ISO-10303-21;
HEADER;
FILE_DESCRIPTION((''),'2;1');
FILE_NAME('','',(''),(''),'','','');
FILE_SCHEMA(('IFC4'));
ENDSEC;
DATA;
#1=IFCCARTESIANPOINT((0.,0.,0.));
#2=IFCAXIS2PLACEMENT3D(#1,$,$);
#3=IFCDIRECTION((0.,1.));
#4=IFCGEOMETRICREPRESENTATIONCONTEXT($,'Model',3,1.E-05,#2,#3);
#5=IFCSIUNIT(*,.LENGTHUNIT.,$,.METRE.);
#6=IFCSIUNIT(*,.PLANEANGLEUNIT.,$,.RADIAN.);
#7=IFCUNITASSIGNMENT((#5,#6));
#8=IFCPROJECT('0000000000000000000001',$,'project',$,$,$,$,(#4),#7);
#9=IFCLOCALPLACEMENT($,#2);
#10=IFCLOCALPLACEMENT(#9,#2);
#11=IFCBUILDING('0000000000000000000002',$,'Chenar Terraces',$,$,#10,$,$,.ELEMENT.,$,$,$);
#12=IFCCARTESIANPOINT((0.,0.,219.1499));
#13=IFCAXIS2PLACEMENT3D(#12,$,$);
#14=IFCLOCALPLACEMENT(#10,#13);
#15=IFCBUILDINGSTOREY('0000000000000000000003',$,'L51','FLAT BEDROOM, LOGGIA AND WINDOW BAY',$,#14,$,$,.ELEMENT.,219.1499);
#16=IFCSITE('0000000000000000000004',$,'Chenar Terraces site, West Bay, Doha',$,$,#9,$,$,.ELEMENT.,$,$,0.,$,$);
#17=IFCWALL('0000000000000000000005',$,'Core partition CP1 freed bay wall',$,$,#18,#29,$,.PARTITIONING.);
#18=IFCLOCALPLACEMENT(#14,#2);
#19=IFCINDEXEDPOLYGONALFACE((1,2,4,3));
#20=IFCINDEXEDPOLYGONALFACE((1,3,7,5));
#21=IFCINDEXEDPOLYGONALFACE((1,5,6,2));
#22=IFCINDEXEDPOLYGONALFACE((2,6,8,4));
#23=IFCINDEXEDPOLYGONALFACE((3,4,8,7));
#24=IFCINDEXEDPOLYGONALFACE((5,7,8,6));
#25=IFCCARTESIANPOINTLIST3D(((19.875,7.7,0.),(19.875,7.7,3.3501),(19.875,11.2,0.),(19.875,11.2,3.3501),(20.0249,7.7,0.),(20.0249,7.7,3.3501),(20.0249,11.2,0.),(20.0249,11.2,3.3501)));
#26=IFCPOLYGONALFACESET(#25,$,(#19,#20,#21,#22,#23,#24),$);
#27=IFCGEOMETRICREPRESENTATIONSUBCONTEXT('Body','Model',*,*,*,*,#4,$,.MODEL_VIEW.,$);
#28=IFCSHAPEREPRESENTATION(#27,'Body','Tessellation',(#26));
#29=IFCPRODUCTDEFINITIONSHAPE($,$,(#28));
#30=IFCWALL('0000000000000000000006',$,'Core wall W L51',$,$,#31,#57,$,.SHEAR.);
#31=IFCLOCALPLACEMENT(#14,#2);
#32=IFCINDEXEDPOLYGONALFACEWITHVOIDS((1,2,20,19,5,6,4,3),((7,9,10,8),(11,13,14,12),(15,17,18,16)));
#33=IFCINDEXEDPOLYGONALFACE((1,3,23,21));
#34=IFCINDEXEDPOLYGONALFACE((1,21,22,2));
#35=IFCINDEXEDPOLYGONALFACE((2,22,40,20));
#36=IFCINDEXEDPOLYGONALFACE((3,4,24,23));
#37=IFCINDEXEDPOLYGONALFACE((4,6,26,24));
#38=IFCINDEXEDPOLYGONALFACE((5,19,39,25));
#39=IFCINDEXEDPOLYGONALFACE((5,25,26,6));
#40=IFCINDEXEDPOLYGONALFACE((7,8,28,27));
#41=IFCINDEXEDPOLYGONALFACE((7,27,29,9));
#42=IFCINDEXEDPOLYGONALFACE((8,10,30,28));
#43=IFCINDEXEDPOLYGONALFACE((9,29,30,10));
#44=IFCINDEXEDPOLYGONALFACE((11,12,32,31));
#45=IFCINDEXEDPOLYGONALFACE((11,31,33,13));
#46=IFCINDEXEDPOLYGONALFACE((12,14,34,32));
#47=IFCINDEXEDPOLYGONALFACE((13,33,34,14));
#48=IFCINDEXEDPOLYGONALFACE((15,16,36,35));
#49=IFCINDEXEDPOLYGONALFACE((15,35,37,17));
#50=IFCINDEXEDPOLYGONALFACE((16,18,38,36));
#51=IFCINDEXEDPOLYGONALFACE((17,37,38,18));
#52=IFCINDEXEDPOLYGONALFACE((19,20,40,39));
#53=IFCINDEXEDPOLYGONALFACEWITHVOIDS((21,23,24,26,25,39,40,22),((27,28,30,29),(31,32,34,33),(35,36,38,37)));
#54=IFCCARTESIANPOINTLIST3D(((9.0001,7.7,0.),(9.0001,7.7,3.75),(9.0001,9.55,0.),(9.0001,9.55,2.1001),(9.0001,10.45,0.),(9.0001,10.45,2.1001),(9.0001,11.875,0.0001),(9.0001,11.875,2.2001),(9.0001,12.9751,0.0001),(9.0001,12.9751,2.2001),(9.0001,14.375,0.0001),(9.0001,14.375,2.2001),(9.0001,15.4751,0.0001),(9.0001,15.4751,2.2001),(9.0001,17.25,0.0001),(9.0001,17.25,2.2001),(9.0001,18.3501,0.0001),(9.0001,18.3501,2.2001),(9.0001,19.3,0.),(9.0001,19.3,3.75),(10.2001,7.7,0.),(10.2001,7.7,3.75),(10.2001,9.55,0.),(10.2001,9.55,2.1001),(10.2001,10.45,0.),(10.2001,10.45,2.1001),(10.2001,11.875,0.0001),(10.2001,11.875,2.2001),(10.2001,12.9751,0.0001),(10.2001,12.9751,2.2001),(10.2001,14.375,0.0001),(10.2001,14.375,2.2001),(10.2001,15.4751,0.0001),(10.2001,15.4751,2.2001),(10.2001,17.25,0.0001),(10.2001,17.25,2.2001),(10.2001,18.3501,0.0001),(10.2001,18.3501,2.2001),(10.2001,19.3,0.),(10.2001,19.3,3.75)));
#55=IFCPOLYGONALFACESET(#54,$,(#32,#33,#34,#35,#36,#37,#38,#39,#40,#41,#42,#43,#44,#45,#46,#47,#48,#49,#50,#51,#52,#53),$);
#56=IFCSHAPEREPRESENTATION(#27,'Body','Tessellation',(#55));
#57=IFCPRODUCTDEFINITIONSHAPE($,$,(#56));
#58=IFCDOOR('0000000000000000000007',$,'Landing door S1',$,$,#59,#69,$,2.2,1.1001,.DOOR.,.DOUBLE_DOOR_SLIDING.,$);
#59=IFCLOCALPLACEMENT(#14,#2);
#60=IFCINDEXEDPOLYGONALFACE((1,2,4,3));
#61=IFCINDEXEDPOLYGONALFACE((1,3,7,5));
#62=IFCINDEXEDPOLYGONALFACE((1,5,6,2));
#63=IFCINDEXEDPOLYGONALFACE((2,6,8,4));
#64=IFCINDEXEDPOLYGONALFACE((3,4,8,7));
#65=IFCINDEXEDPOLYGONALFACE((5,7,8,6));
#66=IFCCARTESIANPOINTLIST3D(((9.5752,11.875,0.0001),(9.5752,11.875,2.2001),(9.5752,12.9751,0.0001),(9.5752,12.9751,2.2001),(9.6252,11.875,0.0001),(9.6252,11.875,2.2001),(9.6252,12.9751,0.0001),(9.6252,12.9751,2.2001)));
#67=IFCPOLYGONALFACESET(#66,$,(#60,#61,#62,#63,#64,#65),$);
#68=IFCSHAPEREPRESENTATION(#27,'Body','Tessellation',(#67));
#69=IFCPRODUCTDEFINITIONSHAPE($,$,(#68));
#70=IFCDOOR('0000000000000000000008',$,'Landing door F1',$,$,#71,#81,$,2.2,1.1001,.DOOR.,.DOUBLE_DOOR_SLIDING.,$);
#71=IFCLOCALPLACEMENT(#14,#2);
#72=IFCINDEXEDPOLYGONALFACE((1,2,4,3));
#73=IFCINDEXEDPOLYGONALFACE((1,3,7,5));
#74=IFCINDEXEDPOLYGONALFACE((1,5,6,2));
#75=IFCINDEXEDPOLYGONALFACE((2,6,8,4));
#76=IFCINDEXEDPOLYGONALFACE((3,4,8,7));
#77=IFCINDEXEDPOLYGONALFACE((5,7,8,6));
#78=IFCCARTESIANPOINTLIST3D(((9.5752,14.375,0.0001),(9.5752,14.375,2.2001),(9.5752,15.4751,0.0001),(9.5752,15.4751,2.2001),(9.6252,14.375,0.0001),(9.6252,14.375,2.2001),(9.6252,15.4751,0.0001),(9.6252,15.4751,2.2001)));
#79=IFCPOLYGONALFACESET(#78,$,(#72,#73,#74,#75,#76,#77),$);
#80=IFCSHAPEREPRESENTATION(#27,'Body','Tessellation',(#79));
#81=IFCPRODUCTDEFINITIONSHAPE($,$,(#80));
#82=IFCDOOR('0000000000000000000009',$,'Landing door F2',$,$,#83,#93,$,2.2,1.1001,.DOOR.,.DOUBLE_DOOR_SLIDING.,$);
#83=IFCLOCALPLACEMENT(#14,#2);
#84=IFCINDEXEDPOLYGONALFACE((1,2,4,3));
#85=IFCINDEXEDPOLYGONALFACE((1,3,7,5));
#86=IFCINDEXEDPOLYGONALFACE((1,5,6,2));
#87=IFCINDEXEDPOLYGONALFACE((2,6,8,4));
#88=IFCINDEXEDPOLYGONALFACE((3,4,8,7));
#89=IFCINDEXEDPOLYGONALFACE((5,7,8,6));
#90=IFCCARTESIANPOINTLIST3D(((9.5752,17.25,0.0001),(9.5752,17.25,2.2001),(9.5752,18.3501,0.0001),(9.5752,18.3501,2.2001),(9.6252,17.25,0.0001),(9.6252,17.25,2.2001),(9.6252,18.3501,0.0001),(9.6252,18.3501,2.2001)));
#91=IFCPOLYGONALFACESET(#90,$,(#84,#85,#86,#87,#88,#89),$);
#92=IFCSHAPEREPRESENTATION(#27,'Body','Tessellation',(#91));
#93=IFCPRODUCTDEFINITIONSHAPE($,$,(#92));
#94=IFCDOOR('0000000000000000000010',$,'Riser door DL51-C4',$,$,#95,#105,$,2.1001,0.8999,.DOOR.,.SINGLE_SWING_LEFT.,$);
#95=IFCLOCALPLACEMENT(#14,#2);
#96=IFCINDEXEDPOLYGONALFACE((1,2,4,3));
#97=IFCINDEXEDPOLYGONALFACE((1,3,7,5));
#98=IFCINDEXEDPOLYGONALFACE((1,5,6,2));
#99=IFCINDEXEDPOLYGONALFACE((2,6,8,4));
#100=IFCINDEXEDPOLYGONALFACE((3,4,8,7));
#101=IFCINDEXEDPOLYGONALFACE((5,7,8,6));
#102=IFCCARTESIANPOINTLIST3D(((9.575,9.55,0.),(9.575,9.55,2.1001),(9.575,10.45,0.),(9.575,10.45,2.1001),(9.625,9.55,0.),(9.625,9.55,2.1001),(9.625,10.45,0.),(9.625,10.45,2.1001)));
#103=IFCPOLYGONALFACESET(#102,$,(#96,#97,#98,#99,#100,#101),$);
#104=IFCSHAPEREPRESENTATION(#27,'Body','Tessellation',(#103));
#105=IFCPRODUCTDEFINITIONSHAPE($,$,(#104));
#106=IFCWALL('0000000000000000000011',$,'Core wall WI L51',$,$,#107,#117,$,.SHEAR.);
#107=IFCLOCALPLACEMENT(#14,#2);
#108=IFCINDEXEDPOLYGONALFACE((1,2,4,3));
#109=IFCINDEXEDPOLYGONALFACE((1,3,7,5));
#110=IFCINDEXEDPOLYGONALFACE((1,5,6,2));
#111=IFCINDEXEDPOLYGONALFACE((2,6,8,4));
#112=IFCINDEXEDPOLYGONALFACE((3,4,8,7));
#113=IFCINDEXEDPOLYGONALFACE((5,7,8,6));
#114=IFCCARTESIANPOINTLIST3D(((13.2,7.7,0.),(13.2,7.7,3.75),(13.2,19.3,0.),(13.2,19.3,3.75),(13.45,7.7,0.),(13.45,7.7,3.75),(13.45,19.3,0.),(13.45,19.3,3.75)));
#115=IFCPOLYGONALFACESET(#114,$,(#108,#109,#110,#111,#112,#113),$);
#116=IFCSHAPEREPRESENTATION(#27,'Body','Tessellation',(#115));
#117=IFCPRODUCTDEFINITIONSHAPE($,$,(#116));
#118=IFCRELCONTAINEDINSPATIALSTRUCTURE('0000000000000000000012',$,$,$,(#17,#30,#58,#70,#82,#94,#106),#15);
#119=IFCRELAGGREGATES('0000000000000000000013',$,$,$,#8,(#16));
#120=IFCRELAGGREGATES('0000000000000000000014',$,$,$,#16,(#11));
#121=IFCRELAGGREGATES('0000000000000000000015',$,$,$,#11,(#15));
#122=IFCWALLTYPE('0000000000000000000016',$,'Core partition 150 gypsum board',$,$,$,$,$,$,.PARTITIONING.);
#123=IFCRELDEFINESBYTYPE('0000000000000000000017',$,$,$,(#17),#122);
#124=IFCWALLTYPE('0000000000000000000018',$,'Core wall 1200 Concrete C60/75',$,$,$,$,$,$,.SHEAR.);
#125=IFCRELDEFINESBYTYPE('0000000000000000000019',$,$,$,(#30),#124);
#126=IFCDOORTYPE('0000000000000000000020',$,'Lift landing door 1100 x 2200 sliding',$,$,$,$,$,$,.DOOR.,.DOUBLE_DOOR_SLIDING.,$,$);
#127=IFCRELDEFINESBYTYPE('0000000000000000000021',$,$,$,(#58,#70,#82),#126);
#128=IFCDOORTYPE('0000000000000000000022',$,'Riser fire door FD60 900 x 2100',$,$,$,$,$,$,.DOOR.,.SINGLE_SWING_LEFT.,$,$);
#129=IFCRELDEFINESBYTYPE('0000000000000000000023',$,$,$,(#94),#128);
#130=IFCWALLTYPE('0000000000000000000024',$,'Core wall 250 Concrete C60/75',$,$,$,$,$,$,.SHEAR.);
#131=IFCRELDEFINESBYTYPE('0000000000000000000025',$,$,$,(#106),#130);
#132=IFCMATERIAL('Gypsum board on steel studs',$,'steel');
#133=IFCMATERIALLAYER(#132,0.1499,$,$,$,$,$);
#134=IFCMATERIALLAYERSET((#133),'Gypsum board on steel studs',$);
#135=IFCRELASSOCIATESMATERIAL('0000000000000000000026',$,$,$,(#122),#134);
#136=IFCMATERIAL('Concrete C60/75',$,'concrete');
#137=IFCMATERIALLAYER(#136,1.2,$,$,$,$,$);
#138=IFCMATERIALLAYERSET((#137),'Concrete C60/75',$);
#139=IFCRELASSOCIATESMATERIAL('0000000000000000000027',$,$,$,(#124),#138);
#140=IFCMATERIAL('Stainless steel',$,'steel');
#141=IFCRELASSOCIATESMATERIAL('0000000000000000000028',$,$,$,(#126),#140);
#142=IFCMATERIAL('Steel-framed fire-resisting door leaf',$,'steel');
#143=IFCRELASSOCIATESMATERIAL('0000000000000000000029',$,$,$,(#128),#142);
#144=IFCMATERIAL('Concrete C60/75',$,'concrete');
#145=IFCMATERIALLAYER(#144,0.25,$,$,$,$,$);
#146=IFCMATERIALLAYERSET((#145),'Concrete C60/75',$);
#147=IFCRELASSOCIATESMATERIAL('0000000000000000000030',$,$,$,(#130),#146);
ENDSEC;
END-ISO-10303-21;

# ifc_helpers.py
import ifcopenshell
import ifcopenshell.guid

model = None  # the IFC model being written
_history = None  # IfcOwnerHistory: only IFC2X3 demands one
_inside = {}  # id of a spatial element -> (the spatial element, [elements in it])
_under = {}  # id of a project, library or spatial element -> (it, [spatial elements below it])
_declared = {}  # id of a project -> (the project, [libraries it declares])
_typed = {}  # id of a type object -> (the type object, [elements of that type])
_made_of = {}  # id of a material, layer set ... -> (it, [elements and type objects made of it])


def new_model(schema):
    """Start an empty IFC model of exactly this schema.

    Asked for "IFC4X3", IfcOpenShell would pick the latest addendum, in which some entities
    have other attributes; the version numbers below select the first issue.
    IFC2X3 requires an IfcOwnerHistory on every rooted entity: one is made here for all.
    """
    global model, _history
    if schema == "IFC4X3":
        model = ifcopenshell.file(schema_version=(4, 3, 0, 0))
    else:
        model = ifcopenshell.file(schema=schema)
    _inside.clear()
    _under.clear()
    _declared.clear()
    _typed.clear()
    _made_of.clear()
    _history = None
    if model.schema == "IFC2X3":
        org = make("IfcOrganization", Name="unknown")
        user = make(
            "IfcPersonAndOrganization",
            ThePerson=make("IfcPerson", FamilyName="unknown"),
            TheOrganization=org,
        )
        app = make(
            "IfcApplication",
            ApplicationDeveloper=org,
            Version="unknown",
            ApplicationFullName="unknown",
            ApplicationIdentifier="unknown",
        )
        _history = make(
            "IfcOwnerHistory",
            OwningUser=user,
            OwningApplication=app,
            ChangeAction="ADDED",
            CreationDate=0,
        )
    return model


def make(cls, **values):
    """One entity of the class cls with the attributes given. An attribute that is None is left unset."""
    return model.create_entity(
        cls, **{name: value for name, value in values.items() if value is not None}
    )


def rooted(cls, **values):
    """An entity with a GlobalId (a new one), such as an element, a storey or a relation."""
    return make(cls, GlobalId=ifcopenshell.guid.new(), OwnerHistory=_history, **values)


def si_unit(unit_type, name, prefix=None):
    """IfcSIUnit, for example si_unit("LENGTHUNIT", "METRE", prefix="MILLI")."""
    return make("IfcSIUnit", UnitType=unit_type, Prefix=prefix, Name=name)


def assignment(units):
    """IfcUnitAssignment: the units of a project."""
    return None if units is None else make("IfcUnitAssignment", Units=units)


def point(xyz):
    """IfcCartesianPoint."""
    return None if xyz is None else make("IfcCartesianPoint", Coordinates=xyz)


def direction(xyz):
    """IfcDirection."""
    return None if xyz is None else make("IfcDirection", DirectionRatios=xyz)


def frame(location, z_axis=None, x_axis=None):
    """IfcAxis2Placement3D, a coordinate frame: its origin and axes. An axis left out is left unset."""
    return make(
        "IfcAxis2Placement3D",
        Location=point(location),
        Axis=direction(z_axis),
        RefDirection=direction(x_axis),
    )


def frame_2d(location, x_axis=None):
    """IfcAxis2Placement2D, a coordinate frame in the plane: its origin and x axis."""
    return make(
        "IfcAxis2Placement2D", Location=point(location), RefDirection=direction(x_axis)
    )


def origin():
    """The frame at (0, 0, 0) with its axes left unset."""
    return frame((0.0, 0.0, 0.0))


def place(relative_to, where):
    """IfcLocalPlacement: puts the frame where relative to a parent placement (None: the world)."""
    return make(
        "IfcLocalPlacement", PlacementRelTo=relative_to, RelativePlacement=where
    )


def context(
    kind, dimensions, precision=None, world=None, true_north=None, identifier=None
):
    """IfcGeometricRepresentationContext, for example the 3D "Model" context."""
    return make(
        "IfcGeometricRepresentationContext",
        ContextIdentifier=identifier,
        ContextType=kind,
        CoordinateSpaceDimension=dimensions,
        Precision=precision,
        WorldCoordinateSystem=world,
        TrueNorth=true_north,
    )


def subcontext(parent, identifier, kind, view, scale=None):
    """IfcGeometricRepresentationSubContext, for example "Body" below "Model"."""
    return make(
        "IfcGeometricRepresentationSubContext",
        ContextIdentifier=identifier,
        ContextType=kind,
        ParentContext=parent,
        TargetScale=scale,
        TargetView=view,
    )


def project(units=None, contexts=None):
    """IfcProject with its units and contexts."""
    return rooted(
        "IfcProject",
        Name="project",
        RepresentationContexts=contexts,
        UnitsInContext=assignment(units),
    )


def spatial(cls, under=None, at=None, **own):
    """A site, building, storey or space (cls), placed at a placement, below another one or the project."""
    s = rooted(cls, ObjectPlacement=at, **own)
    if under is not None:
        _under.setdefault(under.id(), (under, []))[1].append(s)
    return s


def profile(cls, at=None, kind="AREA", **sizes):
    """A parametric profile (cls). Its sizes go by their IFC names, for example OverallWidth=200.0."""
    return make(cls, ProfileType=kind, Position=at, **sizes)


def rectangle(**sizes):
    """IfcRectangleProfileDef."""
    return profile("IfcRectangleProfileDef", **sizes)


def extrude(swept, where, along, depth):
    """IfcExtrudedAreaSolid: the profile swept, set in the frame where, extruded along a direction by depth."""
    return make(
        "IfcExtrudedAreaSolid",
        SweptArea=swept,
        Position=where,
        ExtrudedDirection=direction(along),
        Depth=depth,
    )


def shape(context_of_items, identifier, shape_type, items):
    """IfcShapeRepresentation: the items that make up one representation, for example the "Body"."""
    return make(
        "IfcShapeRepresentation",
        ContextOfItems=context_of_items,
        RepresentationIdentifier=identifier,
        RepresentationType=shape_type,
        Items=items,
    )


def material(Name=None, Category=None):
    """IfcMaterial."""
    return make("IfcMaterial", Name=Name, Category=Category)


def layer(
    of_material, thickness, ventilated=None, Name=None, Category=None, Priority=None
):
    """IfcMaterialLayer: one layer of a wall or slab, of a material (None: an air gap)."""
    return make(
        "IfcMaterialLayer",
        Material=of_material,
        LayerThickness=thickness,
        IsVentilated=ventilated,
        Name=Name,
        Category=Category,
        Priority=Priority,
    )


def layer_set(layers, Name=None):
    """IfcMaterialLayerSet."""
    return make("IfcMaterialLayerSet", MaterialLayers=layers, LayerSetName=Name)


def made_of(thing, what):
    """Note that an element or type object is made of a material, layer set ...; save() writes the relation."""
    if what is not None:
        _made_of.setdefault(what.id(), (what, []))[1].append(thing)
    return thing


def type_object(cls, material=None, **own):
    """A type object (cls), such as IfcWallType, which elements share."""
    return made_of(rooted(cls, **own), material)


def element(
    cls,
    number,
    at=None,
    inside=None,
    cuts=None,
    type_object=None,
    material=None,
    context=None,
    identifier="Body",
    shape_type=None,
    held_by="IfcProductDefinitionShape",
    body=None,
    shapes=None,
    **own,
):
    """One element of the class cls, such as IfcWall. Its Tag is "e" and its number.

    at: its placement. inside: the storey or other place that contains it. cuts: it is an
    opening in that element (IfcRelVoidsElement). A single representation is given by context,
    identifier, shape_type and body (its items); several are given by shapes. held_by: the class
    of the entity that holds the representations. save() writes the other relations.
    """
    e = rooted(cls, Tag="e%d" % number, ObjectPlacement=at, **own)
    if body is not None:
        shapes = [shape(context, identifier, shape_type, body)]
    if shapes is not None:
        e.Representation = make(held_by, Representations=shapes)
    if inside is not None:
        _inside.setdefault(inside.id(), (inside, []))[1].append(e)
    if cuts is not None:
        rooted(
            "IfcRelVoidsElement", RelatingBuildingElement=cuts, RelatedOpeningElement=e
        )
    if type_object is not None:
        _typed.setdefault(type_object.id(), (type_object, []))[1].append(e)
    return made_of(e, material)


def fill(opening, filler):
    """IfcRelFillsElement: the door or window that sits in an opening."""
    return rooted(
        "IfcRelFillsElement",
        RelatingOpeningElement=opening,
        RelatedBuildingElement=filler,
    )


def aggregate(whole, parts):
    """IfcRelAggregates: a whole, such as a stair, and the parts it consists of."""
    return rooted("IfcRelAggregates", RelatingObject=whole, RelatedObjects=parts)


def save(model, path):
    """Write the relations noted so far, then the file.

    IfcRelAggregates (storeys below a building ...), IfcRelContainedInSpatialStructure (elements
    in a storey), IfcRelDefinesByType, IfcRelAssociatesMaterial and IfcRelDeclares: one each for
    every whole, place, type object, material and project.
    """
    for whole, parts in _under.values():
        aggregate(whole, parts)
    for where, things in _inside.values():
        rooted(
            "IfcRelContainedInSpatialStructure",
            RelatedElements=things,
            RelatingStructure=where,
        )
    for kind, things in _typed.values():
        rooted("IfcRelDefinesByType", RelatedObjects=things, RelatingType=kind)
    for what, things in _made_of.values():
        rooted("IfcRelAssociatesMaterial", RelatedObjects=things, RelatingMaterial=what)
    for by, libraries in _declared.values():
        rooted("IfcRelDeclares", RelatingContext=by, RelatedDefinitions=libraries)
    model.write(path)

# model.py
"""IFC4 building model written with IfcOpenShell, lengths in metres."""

from ifc_helpers import new_model, si_unit, direction, frame, frame_2d, origin, place, context, subcontext, project, spatial, rectangle, extrude, material, layer, layer_set, type_object, element, fill, save


model = new_model("IFC4")

# Units and contexts
model_context = context("Model", 3, precision=1e-05, world=origin(), true_north=direction((0.0, 1.0)))
body_context = subcontext(model_context, "Body", "Model", "MODEL_VIEW")
ifc_project = project(units=[si_unit("LENGTHUNIT", "METRE"), si_unit("PLANEANGLEUNIT", "RADIAN")], contexts=[model_context])

# Site, building, storey
site_placement = place(None, origin())
site = spatial("IfcSite", under=ifc_project, at=site_placement, Name="Chenar Terraces site, West Bay, Doha", CompositionType="ELEMENT", RefElevation=0.0)
building_placement = place(site_placement, origin())
building = spatial("IfcBuilding", under=site, at=building_placement, Name="Chenar Terraces", CompositionType="ELEMENT")
storey_placement = place(building_placement, frame((0.0, 0.0, 219.1499)))
storey = spatial("IfcBuildingStorey", under=building, at=storey_placement, Name="L51", Description="FLAT BEDROOM, LOGGIA AND WINDOW BAY", CompositionType="ELEMENT", Elevation=219.1499)

# Wall
ifc_material_1 = material(Name="Gypsum board on steel studs", Category="steel")
ifc_layer_1 = layer(ifc_material_1, 0.1499)
ifc_layer_set_1 = layer_set([ifc_layer_1], Name="Gypsum board on steel studs")
wall_type_1 = type_object("IfcWallType", Name="Core partition 150 gypsum board", PredefinedType="PARTITIONING", material=ifc_layer_set_1)
wall_1_placement = place(storey_placement, frame((19.95, 7.7, 0.0), z_axis=(0.0, 0.0, 1.0), x_axis=(0.0, 1.0, 0.0)))
element("IfcWall", 1, at=wall_1_placement, inside=storey, type_object=wall_type_1, Name="Core partition CP1 freed bay wall", PredefinedType="PARTITIONING", context=body_context, shape_type="SweptSolid", body=[
    extrude(rectangle(XDim=3.5, YDim=0.1499, at=frame_2d((1.75, 0.0))), origin(), (0.0, 0.0, 1.0), 3.3501),
])

# Wall, openings, doors
ifc_material_2 = material(Name="Concrete C60/75", Category="concrete")
ifc_layer_2 = layer(ifc_material_2, 1.2)
ifc_layer_set_2 = layer_set([ifc_layer_2], Name="Concrete C60/75")
wall_type_2 = type_object("IfcWallType", Name="Core wall 1200 Concrete C60/75", PredefinedType="SHEAR", material=ifc_layer_set_2)
wall_2_placement = place(storey_placement, frame((9.6001, 7.7, 0.0), z_axis=(0.0, 0.0, 1.0), x_axis=(0.0, 1.0, 0.0)))
wall_2 = element("IfcWall", 2, at=wall_2_placement, inside=storey, type_object=wall_type_2, Name="Core wall W L51", PredefinedType="SHEAR", context=body_context, shape_type="SweptSolid", body=[
    extrude(rectangle(XDim=11.6001, YDim=1.2, at=frame_2d((5.8, 0.0))), origin(), (0.0, 0.0, 1.0), 3.75),
])
opening_1_placement = place(wall_2_placement, frame((4.175, 0.0, 0.0)))
opening_1 = element("IfcOpeningElement", 3, at=opening_1_placement, cuts=wall_2, PredefinedType="OPENING", context=body_context, shape_type="SweptSolid", body=[
    extrude(rectangle(XDim=1.1001, YDim=2.2, at=frame_2d((0.55, 1.1001))), frame((0.0, 0.6099, 0.0), z_axis=(0.0, -1.0, 0.0), x_axis=(1.0, 0.0, 0.0)), (0.0, 0.0, 1.0), 1.22),
])
opening_2_placement = place(wall_2_placement, frame((6.675, 0.0, 0.0)))
opening_2 = element("IfcOpeningElement", 4, at=opening_2_placement, cuts=wall_2, PredefinedType="OPENING", context=body_context, shape_type="SweptSolid", body=[
    extrude(rectangle(XDim=1.1001, YDim=2.2, at=frame_2d((0.55, 1.1001))), frame((0.0, 0.6099, 0.0), z_axis=(0.0, -1.0, 0.0), x_axis=(1.0, 0.0, 0.0)), (0.0, 0.0, 1.0), 1.22),
])
opening_3_placement = place(wall_2_placement, frame((9.55, 0.0, 0.0)))
opening_3 = element("IfcOpeningElement", 5, at=opening_3_placement, cuts=wall_2, PredefinedType="OPENING", context=body_context, shape_type="SweptSolid", body=[
    extrude(rectangle(XDim=1.1001, YDim=2.2, at=frame_2d((0.55, 1.1001))), frame((0.0, 0.6099, 0.0), z_axis=(0.0, -1.0, 0.0), x_axis=(1.0, 0.0, 0.0)), (0.0, 0.0, 1.0), 1.22),
])
opening_4_placement = place(wall_2_placement, frame((1.8501, 0.0, 0.0)))
opening_4 = element("IfcOpeningElement", 6, at=opening_4_placement, cuts=wall_2, PredefinedType="OPENING", context=body_context, shape_type="SweptSolid", body=[
    extrude(rectangle(XDim=0.8999, YDim=2.1001, at=frame_2d((0.45, 1.05))), frame((0.0, 0.6099, 0.0), z_axis=(0.0, -1.0, 0.0), x_axis=(1.0, 0.0, 0.0)), (0.0, 0.0, 1.0), 1.22),
])
ifc_material_3 = material(Name="Stainless steel", Category="steel")
door_type_1 = type_object("IfcDoorType", Name="Lift landing door 1100 x 2200 sliding", OperationType="DOUBLE_DOOR_SLIDING", PredefinedType="DOOR", material=ifc_material_3)
door_1_placement = place(opening_1_placement, origin())
door_1 = element("IfcDoor", 7, at=door_1_placement, inside=storey, type_object=door_type_1, Name="Landing door S1", OperationType="DOUBLE_DOOR_SLIDING", OverallHeight=2.2, OverallWidth=1.1001, PredefinedType="DOOR", context=body_context, shape_type="SweptSolid", body=[
    extrude(rectangle(XDim=1.1001, YDim=2.2, at=frame_2d((0.55, 1.1001))), frame((0.0, 0.0249, 0.0), z_axis=(0.0, -1.0, 0.0), x_axis=(1.0, 0.0, 0.0)), (0.0, 0.0, 1.0), 0.05),
])
fill(opening_1, door_1)
door_2_placement = place(opening_2_placement, origin())
door_2 = element("IfcDoor", 8, at=door_2_placement, inside=storey, type_object=door_type_1, Name="Landing door F1", OperationType="DOUBLE_DOOR_SLIDING", OverallHeight=2.2, OverallWidth=1.1001, PredefinedType="DOOR", context=body_context, shape_type="SweptSolid", body=[
    extrude(rectangle(XDim=1.1001, YDim=2.2, at=frame_2d((0.55, 1.1001))), frame((0.0, 0.0249, 0.0), z_axis=(0.0, -1.0, 0.0), x_axis=(1.0, 0.0, 0.0)), (0.0, 0.0, 1.0), 0.05),
])
fill(opening_2, door_2)
door_3_placement = place(opening_3_placement, origin())
door_3 = element("IfcDoor", 9, at=door_3_placement, inside=storey, type_object=door_type_1, Name="Landing door F2", OperationType="DOUBLE_DOOR_SLIDING", OverallHeight=2.2, OverallWidth=1.1001, PredefinedType="DOOR", context=body_context, shape_type="SweptSolid", body=[
    extrude(rectangle(XDim=1.1001, YDim=2.2, at=frame_2d((0.55, 1.1001))), frame((0.0, 0.0249, 0.0), z_axis=(0.0, -1.0, 0.0), x_axis=(1.0, 0.0, 0.0)), (0.0, 0.0, 1.0), 0.05),
])
fill(opening_3, door_3)
ifc_material_4 = material(Name="Steel-framed fire-resisting door leaf", Category="steel")
door_type_2 = type_object("IfcDoorType", Name="Riser fire door FD60 900 x 2100", OperationType="SINGLE_SWING_LEFT", PredefinedType="DOOR", material=ifc_material_4)
door_4_placement = place(opening_4_placement, frame((0.8999, 0.0, 0.0), z_axis=(0.0, 0.0, 1.0), x_axis=(-1.0, 0.0, 0.0)))
door_4 = element("IfcDoor", 10, at=door_4_placement, inside=storey, type_object=door_type_2, Name="Riser door DL51-C4", OperationType="SINGLE_SWING_LEFT", OverallHeight=2.1001, OverallWidth=0.8999, PredefinedType="DOOR", context=body_context, shape_type="SweptSolid", body=[
    extrude(rectangle(XDim=0.8999, YDim=2.1001, at=frame_2d((0.45, 1.05))), frame((0.0, 0.0249, 0.0), z_axis=(0.0, -1.0, 0.0), x_axis=(1.0, 0.0, 0.0)), (0.0, 0.0, 1.0), 0.05),
])
fill(opening_4, door_4)

# Wall
ifc_material_5 = material(Name="Concrete C60/75", Category="concrete")
ifc_layer_3 = layer(ifc_material_5, 0.25)
ifc_layer_set_3 = layer_set([ifc_layer_3], Name="Concrete C60/75")
wall_type_3 = type_object("IfcWallType", Name="Core wall 250 Concrete C60/75", PredefinedType="SHEAR", material=ifc_layer_set_3)
wall_3_placement = place(storey_placement, frame((13.325, 7.7, 0.0), z_axis=(0.0, 0.0, 1.0), x_axis=(0.0, 1.0, 0.0)))
element("IfcWall", 11, at=wall_3_placement, inside=storey, type_object=wall_type_3, Name="Core wall WI L51", PredefinedType="SHEAR", context=body_context, shape_type="SweptSolid", body=[
    extrude(rectangle(XDim=11.6001, YDim=0.25, at=frame_2d((5.8, 0.0))), origin(), (0.0, 0.0, 1.0), 3.75),
])

save(model, "model.ifc")
